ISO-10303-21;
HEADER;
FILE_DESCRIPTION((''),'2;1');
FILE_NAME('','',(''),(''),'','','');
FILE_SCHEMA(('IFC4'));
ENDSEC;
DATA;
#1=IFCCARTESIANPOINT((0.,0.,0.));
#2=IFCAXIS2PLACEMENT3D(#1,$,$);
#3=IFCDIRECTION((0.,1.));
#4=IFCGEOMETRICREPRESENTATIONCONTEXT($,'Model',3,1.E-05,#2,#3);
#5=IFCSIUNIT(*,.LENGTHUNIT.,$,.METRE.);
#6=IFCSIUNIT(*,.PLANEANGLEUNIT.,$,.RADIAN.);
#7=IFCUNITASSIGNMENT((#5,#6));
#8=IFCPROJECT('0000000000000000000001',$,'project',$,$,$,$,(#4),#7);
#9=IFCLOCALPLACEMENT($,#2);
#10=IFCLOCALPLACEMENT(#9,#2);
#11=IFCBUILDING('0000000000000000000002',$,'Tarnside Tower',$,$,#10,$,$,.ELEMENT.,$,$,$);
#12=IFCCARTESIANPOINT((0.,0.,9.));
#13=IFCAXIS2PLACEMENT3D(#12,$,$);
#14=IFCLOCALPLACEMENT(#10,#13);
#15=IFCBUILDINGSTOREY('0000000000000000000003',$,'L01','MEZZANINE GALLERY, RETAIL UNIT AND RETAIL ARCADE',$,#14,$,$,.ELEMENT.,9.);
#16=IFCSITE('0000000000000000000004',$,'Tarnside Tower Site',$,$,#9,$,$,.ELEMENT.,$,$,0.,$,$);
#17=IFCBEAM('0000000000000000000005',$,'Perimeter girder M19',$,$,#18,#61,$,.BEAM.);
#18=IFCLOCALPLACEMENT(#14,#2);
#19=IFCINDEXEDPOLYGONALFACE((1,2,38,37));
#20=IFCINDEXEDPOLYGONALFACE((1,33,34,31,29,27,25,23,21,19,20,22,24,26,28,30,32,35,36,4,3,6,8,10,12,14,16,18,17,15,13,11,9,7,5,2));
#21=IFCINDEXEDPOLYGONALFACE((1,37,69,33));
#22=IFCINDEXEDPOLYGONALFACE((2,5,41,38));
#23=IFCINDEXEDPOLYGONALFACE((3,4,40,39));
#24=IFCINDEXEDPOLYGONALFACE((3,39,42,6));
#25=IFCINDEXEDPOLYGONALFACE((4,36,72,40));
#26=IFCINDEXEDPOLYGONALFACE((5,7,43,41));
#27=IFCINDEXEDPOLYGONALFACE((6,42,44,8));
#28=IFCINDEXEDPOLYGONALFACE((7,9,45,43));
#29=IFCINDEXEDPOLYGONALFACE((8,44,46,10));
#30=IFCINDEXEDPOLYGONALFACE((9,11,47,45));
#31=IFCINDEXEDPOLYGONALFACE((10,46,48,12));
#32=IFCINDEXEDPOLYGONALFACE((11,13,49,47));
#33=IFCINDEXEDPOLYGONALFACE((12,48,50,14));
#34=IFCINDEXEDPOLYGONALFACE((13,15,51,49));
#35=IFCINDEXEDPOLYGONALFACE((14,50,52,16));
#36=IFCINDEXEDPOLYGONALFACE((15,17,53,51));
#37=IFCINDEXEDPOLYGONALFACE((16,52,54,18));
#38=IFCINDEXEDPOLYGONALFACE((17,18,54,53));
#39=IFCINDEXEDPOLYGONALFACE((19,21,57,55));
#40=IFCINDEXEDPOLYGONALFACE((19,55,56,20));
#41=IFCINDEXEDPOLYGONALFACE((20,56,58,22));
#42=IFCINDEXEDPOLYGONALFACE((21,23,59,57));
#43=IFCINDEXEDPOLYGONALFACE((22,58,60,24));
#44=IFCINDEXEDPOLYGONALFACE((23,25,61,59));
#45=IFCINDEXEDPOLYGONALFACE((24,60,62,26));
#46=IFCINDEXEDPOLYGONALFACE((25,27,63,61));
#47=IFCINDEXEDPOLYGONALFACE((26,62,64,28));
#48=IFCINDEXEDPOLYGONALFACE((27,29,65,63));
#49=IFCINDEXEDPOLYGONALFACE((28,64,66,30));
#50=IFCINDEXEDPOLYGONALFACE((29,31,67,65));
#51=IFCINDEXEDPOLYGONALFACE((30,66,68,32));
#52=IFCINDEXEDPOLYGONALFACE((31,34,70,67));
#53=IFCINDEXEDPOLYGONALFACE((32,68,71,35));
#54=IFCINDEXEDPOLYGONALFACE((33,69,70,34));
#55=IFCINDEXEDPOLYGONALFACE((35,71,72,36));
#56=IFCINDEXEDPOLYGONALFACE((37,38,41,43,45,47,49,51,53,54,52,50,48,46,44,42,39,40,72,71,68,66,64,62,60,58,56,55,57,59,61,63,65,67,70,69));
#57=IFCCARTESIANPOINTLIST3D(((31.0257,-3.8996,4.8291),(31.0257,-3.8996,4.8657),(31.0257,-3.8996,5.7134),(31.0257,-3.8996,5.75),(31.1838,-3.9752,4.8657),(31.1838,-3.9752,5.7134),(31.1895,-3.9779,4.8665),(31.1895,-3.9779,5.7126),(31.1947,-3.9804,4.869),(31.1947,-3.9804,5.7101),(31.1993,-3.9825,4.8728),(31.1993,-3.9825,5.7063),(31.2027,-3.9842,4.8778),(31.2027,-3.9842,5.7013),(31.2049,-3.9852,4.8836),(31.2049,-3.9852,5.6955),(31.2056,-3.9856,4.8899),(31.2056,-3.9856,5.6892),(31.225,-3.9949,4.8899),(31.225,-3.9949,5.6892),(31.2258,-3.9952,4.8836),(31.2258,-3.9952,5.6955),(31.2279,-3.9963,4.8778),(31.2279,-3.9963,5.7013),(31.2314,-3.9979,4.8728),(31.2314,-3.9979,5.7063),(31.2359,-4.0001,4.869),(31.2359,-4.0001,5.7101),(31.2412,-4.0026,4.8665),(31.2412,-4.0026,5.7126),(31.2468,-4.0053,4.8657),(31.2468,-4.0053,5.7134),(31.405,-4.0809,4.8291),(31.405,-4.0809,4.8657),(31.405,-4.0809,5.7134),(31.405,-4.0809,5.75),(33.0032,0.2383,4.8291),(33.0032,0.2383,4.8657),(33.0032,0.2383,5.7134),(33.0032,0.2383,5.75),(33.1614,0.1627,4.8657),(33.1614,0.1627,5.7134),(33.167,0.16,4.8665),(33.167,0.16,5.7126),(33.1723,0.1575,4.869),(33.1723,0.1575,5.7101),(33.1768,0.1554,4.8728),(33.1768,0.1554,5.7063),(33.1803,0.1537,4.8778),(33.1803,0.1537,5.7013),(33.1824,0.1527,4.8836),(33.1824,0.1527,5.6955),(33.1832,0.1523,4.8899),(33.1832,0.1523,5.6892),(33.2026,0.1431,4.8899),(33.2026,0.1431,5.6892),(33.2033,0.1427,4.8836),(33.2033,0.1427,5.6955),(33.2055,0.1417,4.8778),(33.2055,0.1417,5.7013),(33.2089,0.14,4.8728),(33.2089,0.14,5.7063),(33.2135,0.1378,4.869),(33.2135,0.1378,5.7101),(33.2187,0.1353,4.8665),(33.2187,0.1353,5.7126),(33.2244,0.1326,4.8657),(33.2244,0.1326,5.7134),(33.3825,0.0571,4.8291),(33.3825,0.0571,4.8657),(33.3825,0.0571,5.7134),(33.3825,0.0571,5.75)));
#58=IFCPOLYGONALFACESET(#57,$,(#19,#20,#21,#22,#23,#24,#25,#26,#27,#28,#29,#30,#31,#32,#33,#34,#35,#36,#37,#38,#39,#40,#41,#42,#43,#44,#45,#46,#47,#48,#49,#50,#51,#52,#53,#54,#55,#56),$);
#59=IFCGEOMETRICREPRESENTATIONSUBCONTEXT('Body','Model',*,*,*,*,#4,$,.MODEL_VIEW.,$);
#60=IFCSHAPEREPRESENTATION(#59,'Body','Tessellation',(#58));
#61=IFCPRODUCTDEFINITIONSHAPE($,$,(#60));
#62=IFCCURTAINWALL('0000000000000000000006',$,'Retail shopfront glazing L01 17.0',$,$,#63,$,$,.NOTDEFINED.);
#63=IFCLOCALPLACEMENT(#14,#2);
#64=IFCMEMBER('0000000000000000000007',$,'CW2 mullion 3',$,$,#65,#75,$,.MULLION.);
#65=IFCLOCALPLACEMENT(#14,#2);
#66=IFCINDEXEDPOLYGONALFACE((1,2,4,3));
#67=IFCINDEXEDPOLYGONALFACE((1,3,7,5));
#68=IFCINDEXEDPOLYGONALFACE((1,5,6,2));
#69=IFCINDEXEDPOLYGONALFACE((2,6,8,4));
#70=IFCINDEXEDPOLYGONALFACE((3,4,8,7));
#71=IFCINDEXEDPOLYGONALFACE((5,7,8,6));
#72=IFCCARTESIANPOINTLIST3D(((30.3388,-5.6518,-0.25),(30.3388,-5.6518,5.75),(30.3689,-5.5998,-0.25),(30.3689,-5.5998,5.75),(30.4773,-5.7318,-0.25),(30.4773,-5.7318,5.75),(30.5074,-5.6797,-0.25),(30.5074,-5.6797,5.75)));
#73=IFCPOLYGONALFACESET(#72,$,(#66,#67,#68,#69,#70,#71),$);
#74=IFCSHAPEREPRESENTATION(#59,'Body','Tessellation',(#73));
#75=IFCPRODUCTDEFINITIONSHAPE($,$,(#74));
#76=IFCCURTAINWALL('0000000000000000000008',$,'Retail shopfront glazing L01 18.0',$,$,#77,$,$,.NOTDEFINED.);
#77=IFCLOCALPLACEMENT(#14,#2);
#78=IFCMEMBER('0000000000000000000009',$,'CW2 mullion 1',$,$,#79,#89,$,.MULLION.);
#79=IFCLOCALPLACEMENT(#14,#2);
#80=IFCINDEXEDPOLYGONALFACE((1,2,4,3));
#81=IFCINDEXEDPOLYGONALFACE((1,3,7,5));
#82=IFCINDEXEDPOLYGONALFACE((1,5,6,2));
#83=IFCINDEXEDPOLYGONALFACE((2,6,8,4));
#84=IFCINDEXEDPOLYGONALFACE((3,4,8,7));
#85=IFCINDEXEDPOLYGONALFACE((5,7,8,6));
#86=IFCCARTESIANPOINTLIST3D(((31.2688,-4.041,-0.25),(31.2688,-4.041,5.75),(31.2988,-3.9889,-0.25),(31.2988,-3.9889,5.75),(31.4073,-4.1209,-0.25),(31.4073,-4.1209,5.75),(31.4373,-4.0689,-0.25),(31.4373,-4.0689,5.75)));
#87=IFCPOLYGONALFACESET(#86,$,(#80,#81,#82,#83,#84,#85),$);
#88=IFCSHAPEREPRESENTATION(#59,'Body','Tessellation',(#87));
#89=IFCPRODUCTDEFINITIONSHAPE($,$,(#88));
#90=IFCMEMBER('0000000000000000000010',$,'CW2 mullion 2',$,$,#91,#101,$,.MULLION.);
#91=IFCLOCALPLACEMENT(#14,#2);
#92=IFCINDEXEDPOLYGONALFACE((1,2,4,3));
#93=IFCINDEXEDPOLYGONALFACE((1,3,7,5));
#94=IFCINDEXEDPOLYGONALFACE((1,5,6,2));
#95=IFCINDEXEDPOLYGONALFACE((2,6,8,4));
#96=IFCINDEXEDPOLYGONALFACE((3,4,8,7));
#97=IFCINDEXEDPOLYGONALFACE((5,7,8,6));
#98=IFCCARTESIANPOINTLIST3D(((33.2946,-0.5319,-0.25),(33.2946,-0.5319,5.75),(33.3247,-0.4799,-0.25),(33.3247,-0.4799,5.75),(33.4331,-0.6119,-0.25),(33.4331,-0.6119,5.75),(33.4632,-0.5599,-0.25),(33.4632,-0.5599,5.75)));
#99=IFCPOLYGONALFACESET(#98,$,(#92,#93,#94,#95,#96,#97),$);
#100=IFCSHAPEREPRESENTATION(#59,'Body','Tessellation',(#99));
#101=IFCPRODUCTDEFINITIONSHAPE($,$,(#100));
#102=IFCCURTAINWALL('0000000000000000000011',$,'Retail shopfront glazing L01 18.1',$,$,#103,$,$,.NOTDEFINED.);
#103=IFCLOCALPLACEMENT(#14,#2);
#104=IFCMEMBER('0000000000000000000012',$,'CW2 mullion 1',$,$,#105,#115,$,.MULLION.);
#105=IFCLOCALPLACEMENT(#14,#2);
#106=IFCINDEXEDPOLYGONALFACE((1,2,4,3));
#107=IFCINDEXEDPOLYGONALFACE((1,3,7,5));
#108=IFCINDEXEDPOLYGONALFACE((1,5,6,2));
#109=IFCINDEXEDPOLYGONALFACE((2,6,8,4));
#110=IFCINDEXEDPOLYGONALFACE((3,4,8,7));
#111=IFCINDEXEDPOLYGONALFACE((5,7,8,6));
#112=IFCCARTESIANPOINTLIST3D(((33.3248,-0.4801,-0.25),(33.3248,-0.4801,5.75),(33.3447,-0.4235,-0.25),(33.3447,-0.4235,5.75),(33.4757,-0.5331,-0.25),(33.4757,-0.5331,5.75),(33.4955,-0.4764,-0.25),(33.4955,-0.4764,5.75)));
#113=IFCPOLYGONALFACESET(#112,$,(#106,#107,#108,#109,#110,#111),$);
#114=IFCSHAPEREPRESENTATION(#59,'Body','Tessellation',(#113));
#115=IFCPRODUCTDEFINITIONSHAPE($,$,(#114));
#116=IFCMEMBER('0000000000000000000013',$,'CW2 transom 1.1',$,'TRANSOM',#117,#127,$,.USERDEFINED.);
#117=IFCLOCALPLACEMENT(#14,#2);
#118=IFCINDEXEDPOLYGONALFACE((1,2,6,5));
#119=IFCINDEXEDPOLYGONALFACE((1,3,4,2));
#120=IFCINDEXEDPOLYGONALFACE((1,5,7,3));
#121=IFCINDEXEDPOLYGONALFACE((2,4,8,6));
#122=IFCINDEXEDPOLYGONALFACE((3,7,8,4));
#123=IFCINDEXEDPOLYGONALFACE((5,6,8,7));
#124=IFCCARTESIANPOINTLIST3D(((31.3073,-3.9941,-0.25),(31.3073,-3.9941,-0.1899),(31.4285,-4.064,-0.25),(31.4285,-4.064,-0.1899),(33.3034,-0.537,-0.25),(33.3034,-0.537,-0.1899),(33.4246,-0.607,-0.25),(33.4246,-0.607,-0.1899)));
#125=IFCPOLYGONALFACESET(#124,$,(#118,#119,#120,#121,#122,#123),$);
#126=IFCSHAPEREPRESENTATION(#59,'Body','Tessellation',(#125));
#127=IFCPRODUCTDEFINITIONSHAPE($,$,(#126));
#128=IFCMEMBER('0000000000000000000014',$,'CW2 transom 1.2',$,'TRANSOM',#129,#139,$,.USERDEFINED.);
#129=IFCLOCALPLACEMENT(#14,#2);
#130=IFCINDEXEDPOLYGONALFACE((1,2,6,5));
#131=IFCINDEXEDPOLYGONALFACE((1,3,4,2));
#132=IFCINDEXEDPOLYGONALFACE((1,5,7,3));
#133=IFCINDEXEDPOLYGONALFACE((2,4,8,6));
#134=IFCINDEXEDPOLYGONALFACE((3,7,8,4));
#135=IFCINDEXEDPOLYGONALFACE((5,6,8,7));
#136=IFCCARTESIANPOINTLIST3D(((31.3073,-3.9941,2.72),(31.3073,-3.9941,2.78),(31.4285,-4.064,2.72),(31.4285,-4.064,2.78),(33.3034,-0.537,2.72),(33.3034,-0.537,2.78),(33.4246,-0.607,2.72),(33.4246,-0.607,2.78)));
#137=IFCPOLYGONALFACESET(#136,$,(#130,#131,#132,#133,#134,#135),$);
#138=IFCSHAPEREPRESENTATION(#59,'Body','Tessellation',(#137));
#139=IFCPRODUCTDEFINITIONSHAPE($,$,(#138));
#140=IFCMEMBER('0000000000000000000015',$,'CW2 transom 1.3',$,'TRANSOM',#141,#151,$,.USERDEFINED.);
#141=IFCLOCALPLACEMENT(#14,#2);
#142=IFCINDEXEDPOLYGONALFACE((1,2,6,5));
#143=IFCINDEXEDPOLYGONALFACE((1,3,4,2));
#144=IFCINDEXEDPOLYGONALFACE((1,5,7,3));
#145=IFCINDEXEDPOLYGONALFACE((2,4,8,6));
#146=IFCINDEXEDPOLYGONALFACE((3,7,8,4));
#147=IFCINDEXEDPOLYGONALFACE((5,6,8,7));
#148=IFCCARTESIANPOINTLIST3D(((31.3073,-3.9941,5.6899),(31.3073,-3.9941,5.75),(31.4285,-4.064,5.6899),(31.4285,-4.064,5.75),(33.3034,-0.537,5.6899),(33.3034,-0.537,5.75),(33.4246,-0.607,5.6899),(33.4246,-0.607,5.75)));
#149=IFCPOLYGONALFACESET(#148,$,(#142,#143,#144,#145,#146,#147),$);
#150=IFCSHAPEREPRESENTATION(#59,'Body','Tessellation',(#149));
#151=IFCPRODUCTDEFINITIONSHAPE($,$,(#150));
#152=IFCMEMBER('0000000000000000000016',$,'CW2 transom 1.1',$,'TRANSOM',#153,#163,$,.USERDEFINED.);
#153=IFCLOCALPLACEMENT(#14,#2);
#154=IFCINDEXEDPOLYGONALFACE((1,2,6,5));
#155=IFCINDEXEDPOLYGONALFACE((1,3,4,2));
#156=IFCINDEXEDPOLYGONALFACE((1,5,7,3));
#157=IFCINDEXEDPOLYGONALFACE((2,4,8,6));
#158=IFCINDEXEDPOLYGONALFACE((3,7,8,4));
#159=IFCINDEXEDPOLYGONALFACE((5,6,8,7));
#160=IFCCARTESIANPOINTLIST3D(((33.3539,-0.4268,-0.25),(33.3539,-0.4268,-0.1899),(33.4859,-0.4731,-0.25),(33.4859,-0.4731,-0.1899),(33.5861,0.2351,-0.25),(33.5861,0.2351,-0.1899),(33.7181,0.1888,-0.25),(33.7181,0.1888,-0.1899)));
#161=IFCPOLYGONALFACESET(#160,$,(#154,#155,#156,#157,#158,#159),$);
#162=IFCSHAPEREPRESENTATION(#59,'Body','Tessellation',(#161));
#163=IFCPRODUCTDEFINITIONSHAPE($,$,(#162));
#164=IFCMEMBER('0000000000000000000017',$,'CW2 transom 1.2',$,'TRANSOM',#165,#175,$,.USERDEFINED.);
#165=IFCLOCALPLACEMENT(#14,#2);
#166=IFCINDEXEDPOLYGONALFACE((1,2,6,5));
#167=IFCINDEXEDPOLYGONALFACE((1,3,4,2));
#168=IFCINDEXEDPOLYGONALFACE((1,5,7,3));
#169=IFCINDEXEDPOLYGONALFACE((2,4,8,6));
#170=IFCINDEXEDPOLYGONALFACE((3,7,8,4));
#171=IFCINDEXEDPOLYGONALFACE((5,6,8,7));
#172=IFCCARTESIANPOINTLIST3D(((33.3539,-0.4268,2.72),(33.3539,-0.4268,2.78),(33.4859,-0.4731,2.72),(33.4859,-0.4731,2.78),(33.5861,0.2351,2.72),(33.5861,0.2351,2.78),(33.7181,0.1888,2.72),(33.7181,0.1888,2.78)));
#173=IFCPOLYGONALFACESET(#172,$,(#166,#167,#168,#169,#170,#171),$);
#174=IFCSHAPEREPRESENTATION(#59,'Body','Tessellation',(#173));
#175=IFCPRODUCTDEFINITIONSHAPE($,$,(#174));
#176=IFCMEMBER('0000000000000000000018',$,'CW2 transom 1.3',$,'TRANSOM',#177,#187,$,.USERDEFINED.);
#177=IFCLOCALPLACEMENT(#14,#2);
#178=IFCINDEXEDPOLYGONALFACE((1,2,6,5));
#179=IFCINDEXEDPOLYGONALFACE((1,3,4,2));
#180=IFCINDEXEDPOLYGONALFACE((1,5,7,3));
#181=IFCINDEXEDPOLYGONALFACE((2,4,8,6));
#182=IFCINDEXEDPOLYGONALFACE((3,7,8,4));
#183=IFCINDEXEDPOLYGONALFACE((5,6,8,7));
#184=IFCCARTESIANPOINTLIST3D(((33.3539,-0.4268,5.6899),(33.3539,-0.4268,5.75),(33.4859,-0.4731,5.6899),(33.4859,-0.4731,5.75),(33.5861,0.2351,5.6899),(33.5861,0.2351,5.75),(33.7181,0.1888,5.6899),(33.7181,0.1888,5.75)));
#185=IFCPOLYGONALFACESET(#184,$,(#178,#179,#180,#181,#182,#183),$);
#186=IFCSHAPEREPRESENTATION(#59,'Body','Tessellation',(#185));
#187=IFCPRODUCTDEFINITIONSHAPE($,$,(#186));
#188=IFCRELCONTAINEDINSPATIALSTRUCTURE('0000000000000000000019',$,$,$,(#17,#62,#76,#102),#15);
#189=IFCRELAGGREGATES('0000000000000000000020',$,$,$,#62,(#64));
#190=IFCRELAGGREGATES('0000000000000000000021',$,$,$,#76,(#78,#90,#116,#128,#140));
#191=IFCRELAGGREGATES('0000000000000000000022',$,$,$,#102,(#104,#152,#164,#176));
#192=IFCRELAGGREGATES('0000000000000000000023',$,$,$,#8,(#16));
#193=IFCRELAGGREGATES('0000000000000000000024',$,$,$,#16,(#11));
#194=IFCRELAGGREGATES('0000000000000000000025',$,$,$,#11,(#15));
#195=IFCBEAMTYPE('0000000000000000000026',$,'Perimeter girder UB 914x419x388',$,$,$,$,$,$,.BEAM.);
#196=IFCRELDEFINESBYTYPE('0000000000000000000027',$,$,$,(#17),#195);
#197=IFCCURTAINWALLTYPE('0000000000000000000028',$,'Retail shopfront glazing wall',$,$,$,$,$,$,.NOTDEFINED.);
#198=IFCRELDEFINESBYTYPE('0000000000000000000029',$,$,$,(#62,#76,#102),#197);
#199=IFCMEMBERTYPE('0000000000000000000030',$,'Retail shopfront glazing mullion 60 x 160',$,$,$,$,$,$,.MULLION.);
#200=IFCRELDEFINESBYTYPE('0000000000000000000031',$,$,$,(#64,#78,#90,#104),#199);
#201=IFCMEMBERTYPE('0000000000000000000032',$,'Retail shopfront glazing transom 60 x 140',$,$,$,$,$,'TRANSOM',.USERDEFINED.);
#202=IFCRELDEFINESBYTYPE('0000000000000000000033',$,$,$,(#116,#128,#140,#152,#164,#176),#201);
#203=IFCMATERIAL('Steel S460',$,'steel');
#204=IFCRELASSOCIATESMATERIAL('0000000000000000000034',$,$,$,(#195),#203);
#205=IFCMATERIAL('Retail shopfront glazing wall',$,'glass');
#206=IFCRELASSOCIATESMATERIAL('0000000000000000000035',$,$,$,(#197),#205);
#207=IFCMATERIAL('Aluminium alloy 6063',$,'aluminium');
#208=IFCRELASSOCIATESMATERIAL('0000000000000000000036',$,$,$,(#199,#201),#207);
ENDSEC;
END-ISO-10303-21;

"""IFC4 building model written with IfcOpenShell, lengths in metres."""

from ifc_helpers import new_model, si_unit, direction, frame, origin, origin_2d, place, context, subcontext, project, spatial, rectangle, i_section, extrude, material, material_profile, profile_set, type_object, element, aggregate, save


model = new_model("IFC4")

# Units and contexts
model_context = context("Model", 3, precision=1e-05, world=origin(), true_north=direction((0.0, 1.0)))
body_context = subcontext(model_context, "Body", "Model", "MODEL_VIEW")
ifc_project = project(units=[si_unit("LENGTHUNIT", "METRE"), si_unit("PLANEANGLEUNIT", "RADIAN")], contexts=[model_context])

# Site, building, storey
site_placement = place(None, origin())
site = spatial("IfcSite", under=ifc_project, at=site_placement, Name="Tarnside Tower Site", CompositionType="ELEMENT", RefElevation=0.0)
building_placement = place(site_placement, origin())
building = spatial("IfcBuilding", under=site, at=building_placement, Name="Tarnside Tower", CompositionType="ELEMENT")
storey_placement = place(building_placement, frame((0.0, 0.0, 9.0)))
storey = spatial("IfcBuildingStorey", under=building, at=storey_placement, Name="L01", Description="MEZZANINE GALLERY, RETAIL UNIT AND RETAIL ARCADE", CompositionType="ELEMENT", Elevation=9.0)

# Shared definitions
ifc_material_1 = material(Name="Steel S460", Category="steel")

# Beam
ifc_material_profile_1 = material_profile(ifc_material_1, i_section(OverallWidth=0.4204, OverallDepth=0.9209, WebThickness=0.0215, FlangeThickness=0.0366, FilletRadius=0.0242, at=origin_2d()), Name="UB 914x419x388")
ifc_profile_set_1 = profile_set([ifc_material_profile_1], Name="Steel S460")
beam_type_1 = type_object("IfcBeamType", Name="Perimeter girder UB 914x419x388", PredefinedType="BEAM", material=ifc_profile_set_1)
beam_1_placement = place(storey_placement, frame((31.2153, -3.9902, 5.2896), z_axis=(0.431194, 0.902259, 0.0), x_axis=(-0.902259, 0.431194, 0.0)))
element("IfcBeam", 1, at=beam_1_placement, inside=storey, type_object=beam_type_1, Name="Perimeter girder M19", PredefinedType="BEAM", context=body_context, shape_type="SweptSolid", body=[
    extrude(i_section(OverallWidth=0.4204, OverallDepth=0.9209, WebThickness=0.0215, FlangeThickness=0.0366, FilletRadius=0.0242, at=origin_2d()), origin(), (0.0, 0.0, 1.0), 4.5862),
])

# Curtain wall, member
ifc_material_2 = material(Name="Retail shopfront glazing wall", Category="glass")
curtain_wall_type = type_object("IfcCurtainWallType", Name="Retail shopfront glazing wall", PredefinedType="NOTDEFINED", material=ifc_material_2)
curtain_wall_1_placement = place(storey_placement, origin())
curtain_wall_1 = element("IfcCurtainWall", 2, at=curtain_wall_1_placement, inside=storey, type_object=curtain_wall_type, Name="Retail shopfront glazing L01 17.0", PredefinedType="NOTDEFINED")
ifc_material_3 = material(Name="Aluminium alloy 6063", Category="aluminium")
ifc_material_profile_2 = material_profile(ifc_material_3, rectangle(XDim=0.1599, YDim=0.0601, at=origin_2d()), Name="Retail shopfront glazing mullion 60 x 160")
ifc_profile_set_2 = profile_set([ifc_material_profile_2], Name="Aluminium alloy 6063")
member_type_1 = type_object("IfcMemberType", Name="Retail shopfront glazing mullion 60 x 160", PredefinedType="MULLION", material=ifc_profile_set_2)
member_1_placement = place(storey_placement, frame((30.4231, -5.6658, -0.25), z_axis=(0.0, 0.0, 1.0), x_axis=(-0.866025, 0.5, 0.0)))
member_1 = element("IfcMember", 3, at=member_1_placement, type_object=member_type_1, Name="CW2 mullion 3", PredefinedType="MULLION", context=body_context, shape_type="SweptSolid", body=[
    extrude(rectangle(XDim=0.1599, YDim=0.0601, at=origin_2d()), origin(), (0.0, 0.0, 1.0), 6.0),
])

# Curtain wall, members
curtain_wall_2_placement = place(storey_placement, origin())
curtain_wall_2 = element("IfcCurtainWall", 4, at=curtain_wall_2_placement, inside=storey, type_object=curtain_wall_type, Name="Retail shopfront glazing L01 18.0", PredefinedType="NOTDEFINED")
member_2_placement = place(storey_placement, frame((31.353, -4.0549, -0.25), z_axis=(0.0, 0.0, 1.0), x_axis=(-0.866025, 0.5, 0.0)))
member_2 = element("IfcMember", 5, at=member_2_placement, type_object=member_type_1, Name="CW2 mullion 1", PredefinedType="MULLION", context=body_context, shape_type="SweptSolid", body=[
    extrude(rectangle(XDim=0.1599, YDim=0.0601, at=origin_2d()), origin(), (0.0, 0.0, 1.0), 6.0),
])
member_3_placement = place(storey_placement, frame((33.3789, -0.5459, -0.25), z_axis=(0.0, 0.0, 1.0), x_axis=(-0.866025, 0.5, 0.0)))
member_3 = element("IfcMember", 6, at=member_3_placement, type_object=member_type_1, Name="CW2 mullion 2", PredefinedType="MULLION", context=body_context, shape_type="SweptSolid", body=[
    extrude(rectangle(XDim=0.1599, YDim=0.0601, at=origin_2d()), origin(), (0.0, 0.0, 1.0), 6.0),
])

# Curtain wall, member
curtain_wall_3_placement = place(storey_placement, origin())
curtain_wall_3 = element("IfcCurtainWall", 7, at=curtain_wall_3_placement, inside=storey, type_object=curtain_wall_type, Name="Retail shopfront glazing L01 18.1", PredefinedType="NOTDEFINED")
member_4_placement = place(storey_placement, frame((33.4102, -0.4783, -0.25), z_axis=(0.0, 0.0, 1.0), x_axis=(-0.943609, 0.331063, 0.0)))
member_4 = element("IfcMember", 8, at=member_4_placement, type_object=member_type_1, Name="CW2 mullion 1", PredefinedType="MULLION", context=body_context, shape_type="SweptSolid", body=[
    extrude(rectangle(XDim=0.1599, YDim=0.0601, at=origin_2d()), origin(), (0.0, 0.0, 1.0), 6.0),
])

# Members
ifc_material_profile_3 = material_profile(ifc_material_3, rectangle(XDim=0.1399, YDim=0.0601, at=origin_2d()), Name="Retail shopfront glazing transom 60 x 140")
ifc_profile_set_3 = profile_set([ifc_material_profile_3], Name="Aluminium alloy 6063")
member_type_2 = type_object("IfcMemberType", Name="Retail shopfront glazing transom 60 x 140", ElementType="TRANSOM", PredefinedType="USERDEFINED", material=ifc_profile_set_3)
member_5_placement = place(storey_placement, frame((31.3679, -4.0291, -0.22), z_axis=(0.500033, 0.866006, 0.0), x_axis=(-0.866006, 0.500033, 0.0)))
member_5 = element("IfcMember", 9, at=member_5_placement, type_object=member_type_2, Name="CW2 transom 1.1", ObjectType="TRANSOM", PredefinedType="USERDEFINED", context=body_context, shape_type="SweptSolid", body=[
    extrude(rectangle(XDim=0.1399, YDim=0.0601, at=origin_2d()), origin(), (0.0, 0.0, 1.0), 3.9919),
])
member_6_placement = place(storey_placement, frame((31.3679, -4.0291, 2.75), z_axis=(0.500033, 0.866006, 0.0), x_axis=(-0.866006, 0.500033, 0.0)))
member_6 = element("IfcMember", 10, at=member_6_placement, type_object=member_type_2, Name="CW2 transom 1.2", ObjectType="TRANSOM", PredefinedType="USERDEFINED", context=body_context, shape_type="SweptSolid", body=[
    extrude(rectangle(XDim=0.1399, YDim=0.0601, at=origin_2d()), origin(), (0.0, 0.0, 1.0), 3.9919),
])
member_7_placement = place(storey_placement, frame((31.3679, -4.0291, 5.72), z_axis=(0.500033, 0.866006, 0.0), x_axis=(-0.866006, 0.500033, 0.0)))
member_7 = element("IfcMember", 11, at=member_7_placement, type_object=member_type_2, Name="CW2 transom 1.3", ObjectType="TRANSOM", PredefinedType="USERDEFINED", context=body_context, shape_type="SweptSolid", body=[
    extrude(rectangle(XDim=0.1399, YDim=0.0601, at=origin_2d()), origin(), (0.0, 0.0, 1.0), 3.9919),
])
member_8_placement = place(storey_placement, frame((33.4199, -0.45, -0.22), z_axis=(0.331017, 0.943625, 0.0), x_axis=(-0.943625, 0.331017, 0.0)))
member_8 = element("IfcMember", 12, at=member_8_placement, type_object=member_type_2, Name="CW2 transom 1.1", ObjectType="TRANSOM", PredefinedType="USERDEFINED", context=body_context, shape_type="SweptSolid", body=[
    extrude(rectangle(XDim=0.1399, YDim=0.0601, at=origin_2d()), origin(), (0.0, 0.0, 1.0), 0.7014),
])
member_9_placement = place(storey_placement, frame((33.4199, -0.45, 2.75), z_axis=(0.331017, 0.943625, 0.0), x_axis=(-0.943625, 0.331017, 0.0)))
member_9 = element("IfcMember", 13, at=member_9_placement, type_object=member_type_2, Name="CW2 transom 1.2", ObjectType="TRANSOM", PredefinedType="USERDEFINED", context=body_context, shape_type="SweptSolid", body=[
    extrude(rectangle(XDim=0.1399, YDim=0.0601, at=origin_2d()), origin(), (0.0, 0.0, 1.0), 0.7014),
])
member_10_placement = place(storey_placement, frame((33.4199, -0.45, 5.72), z_axis=(0.331017, 0.943625, 0.0), x_axis=(-0.943625, 0.331017, 0.0)))
member_10 = element("IfcMember", 14, at=member_10_placement, type_object=member_type_2, Name="CW2 transom 1.3", ObjectType="TRANSOM", PredefinedType="USERDEFINED", context=body_context, shape_type="SweptSolid", body=[
    extrude(rectangle(XDim=0.1399, YDim=0.0601, at=origin_2d()), origin(), (0.0, 0.0, 1.0), 0.7014),
])

aggregate(curtain_wall_1, [member_1])
aggregate(curtain_wall_2, [member_2, member_3, member_5, member_6, member_7])
aggregate(curtain_wall_3, [member_4, member_8, member_9, member_10])

save(model, "model.ifc")
